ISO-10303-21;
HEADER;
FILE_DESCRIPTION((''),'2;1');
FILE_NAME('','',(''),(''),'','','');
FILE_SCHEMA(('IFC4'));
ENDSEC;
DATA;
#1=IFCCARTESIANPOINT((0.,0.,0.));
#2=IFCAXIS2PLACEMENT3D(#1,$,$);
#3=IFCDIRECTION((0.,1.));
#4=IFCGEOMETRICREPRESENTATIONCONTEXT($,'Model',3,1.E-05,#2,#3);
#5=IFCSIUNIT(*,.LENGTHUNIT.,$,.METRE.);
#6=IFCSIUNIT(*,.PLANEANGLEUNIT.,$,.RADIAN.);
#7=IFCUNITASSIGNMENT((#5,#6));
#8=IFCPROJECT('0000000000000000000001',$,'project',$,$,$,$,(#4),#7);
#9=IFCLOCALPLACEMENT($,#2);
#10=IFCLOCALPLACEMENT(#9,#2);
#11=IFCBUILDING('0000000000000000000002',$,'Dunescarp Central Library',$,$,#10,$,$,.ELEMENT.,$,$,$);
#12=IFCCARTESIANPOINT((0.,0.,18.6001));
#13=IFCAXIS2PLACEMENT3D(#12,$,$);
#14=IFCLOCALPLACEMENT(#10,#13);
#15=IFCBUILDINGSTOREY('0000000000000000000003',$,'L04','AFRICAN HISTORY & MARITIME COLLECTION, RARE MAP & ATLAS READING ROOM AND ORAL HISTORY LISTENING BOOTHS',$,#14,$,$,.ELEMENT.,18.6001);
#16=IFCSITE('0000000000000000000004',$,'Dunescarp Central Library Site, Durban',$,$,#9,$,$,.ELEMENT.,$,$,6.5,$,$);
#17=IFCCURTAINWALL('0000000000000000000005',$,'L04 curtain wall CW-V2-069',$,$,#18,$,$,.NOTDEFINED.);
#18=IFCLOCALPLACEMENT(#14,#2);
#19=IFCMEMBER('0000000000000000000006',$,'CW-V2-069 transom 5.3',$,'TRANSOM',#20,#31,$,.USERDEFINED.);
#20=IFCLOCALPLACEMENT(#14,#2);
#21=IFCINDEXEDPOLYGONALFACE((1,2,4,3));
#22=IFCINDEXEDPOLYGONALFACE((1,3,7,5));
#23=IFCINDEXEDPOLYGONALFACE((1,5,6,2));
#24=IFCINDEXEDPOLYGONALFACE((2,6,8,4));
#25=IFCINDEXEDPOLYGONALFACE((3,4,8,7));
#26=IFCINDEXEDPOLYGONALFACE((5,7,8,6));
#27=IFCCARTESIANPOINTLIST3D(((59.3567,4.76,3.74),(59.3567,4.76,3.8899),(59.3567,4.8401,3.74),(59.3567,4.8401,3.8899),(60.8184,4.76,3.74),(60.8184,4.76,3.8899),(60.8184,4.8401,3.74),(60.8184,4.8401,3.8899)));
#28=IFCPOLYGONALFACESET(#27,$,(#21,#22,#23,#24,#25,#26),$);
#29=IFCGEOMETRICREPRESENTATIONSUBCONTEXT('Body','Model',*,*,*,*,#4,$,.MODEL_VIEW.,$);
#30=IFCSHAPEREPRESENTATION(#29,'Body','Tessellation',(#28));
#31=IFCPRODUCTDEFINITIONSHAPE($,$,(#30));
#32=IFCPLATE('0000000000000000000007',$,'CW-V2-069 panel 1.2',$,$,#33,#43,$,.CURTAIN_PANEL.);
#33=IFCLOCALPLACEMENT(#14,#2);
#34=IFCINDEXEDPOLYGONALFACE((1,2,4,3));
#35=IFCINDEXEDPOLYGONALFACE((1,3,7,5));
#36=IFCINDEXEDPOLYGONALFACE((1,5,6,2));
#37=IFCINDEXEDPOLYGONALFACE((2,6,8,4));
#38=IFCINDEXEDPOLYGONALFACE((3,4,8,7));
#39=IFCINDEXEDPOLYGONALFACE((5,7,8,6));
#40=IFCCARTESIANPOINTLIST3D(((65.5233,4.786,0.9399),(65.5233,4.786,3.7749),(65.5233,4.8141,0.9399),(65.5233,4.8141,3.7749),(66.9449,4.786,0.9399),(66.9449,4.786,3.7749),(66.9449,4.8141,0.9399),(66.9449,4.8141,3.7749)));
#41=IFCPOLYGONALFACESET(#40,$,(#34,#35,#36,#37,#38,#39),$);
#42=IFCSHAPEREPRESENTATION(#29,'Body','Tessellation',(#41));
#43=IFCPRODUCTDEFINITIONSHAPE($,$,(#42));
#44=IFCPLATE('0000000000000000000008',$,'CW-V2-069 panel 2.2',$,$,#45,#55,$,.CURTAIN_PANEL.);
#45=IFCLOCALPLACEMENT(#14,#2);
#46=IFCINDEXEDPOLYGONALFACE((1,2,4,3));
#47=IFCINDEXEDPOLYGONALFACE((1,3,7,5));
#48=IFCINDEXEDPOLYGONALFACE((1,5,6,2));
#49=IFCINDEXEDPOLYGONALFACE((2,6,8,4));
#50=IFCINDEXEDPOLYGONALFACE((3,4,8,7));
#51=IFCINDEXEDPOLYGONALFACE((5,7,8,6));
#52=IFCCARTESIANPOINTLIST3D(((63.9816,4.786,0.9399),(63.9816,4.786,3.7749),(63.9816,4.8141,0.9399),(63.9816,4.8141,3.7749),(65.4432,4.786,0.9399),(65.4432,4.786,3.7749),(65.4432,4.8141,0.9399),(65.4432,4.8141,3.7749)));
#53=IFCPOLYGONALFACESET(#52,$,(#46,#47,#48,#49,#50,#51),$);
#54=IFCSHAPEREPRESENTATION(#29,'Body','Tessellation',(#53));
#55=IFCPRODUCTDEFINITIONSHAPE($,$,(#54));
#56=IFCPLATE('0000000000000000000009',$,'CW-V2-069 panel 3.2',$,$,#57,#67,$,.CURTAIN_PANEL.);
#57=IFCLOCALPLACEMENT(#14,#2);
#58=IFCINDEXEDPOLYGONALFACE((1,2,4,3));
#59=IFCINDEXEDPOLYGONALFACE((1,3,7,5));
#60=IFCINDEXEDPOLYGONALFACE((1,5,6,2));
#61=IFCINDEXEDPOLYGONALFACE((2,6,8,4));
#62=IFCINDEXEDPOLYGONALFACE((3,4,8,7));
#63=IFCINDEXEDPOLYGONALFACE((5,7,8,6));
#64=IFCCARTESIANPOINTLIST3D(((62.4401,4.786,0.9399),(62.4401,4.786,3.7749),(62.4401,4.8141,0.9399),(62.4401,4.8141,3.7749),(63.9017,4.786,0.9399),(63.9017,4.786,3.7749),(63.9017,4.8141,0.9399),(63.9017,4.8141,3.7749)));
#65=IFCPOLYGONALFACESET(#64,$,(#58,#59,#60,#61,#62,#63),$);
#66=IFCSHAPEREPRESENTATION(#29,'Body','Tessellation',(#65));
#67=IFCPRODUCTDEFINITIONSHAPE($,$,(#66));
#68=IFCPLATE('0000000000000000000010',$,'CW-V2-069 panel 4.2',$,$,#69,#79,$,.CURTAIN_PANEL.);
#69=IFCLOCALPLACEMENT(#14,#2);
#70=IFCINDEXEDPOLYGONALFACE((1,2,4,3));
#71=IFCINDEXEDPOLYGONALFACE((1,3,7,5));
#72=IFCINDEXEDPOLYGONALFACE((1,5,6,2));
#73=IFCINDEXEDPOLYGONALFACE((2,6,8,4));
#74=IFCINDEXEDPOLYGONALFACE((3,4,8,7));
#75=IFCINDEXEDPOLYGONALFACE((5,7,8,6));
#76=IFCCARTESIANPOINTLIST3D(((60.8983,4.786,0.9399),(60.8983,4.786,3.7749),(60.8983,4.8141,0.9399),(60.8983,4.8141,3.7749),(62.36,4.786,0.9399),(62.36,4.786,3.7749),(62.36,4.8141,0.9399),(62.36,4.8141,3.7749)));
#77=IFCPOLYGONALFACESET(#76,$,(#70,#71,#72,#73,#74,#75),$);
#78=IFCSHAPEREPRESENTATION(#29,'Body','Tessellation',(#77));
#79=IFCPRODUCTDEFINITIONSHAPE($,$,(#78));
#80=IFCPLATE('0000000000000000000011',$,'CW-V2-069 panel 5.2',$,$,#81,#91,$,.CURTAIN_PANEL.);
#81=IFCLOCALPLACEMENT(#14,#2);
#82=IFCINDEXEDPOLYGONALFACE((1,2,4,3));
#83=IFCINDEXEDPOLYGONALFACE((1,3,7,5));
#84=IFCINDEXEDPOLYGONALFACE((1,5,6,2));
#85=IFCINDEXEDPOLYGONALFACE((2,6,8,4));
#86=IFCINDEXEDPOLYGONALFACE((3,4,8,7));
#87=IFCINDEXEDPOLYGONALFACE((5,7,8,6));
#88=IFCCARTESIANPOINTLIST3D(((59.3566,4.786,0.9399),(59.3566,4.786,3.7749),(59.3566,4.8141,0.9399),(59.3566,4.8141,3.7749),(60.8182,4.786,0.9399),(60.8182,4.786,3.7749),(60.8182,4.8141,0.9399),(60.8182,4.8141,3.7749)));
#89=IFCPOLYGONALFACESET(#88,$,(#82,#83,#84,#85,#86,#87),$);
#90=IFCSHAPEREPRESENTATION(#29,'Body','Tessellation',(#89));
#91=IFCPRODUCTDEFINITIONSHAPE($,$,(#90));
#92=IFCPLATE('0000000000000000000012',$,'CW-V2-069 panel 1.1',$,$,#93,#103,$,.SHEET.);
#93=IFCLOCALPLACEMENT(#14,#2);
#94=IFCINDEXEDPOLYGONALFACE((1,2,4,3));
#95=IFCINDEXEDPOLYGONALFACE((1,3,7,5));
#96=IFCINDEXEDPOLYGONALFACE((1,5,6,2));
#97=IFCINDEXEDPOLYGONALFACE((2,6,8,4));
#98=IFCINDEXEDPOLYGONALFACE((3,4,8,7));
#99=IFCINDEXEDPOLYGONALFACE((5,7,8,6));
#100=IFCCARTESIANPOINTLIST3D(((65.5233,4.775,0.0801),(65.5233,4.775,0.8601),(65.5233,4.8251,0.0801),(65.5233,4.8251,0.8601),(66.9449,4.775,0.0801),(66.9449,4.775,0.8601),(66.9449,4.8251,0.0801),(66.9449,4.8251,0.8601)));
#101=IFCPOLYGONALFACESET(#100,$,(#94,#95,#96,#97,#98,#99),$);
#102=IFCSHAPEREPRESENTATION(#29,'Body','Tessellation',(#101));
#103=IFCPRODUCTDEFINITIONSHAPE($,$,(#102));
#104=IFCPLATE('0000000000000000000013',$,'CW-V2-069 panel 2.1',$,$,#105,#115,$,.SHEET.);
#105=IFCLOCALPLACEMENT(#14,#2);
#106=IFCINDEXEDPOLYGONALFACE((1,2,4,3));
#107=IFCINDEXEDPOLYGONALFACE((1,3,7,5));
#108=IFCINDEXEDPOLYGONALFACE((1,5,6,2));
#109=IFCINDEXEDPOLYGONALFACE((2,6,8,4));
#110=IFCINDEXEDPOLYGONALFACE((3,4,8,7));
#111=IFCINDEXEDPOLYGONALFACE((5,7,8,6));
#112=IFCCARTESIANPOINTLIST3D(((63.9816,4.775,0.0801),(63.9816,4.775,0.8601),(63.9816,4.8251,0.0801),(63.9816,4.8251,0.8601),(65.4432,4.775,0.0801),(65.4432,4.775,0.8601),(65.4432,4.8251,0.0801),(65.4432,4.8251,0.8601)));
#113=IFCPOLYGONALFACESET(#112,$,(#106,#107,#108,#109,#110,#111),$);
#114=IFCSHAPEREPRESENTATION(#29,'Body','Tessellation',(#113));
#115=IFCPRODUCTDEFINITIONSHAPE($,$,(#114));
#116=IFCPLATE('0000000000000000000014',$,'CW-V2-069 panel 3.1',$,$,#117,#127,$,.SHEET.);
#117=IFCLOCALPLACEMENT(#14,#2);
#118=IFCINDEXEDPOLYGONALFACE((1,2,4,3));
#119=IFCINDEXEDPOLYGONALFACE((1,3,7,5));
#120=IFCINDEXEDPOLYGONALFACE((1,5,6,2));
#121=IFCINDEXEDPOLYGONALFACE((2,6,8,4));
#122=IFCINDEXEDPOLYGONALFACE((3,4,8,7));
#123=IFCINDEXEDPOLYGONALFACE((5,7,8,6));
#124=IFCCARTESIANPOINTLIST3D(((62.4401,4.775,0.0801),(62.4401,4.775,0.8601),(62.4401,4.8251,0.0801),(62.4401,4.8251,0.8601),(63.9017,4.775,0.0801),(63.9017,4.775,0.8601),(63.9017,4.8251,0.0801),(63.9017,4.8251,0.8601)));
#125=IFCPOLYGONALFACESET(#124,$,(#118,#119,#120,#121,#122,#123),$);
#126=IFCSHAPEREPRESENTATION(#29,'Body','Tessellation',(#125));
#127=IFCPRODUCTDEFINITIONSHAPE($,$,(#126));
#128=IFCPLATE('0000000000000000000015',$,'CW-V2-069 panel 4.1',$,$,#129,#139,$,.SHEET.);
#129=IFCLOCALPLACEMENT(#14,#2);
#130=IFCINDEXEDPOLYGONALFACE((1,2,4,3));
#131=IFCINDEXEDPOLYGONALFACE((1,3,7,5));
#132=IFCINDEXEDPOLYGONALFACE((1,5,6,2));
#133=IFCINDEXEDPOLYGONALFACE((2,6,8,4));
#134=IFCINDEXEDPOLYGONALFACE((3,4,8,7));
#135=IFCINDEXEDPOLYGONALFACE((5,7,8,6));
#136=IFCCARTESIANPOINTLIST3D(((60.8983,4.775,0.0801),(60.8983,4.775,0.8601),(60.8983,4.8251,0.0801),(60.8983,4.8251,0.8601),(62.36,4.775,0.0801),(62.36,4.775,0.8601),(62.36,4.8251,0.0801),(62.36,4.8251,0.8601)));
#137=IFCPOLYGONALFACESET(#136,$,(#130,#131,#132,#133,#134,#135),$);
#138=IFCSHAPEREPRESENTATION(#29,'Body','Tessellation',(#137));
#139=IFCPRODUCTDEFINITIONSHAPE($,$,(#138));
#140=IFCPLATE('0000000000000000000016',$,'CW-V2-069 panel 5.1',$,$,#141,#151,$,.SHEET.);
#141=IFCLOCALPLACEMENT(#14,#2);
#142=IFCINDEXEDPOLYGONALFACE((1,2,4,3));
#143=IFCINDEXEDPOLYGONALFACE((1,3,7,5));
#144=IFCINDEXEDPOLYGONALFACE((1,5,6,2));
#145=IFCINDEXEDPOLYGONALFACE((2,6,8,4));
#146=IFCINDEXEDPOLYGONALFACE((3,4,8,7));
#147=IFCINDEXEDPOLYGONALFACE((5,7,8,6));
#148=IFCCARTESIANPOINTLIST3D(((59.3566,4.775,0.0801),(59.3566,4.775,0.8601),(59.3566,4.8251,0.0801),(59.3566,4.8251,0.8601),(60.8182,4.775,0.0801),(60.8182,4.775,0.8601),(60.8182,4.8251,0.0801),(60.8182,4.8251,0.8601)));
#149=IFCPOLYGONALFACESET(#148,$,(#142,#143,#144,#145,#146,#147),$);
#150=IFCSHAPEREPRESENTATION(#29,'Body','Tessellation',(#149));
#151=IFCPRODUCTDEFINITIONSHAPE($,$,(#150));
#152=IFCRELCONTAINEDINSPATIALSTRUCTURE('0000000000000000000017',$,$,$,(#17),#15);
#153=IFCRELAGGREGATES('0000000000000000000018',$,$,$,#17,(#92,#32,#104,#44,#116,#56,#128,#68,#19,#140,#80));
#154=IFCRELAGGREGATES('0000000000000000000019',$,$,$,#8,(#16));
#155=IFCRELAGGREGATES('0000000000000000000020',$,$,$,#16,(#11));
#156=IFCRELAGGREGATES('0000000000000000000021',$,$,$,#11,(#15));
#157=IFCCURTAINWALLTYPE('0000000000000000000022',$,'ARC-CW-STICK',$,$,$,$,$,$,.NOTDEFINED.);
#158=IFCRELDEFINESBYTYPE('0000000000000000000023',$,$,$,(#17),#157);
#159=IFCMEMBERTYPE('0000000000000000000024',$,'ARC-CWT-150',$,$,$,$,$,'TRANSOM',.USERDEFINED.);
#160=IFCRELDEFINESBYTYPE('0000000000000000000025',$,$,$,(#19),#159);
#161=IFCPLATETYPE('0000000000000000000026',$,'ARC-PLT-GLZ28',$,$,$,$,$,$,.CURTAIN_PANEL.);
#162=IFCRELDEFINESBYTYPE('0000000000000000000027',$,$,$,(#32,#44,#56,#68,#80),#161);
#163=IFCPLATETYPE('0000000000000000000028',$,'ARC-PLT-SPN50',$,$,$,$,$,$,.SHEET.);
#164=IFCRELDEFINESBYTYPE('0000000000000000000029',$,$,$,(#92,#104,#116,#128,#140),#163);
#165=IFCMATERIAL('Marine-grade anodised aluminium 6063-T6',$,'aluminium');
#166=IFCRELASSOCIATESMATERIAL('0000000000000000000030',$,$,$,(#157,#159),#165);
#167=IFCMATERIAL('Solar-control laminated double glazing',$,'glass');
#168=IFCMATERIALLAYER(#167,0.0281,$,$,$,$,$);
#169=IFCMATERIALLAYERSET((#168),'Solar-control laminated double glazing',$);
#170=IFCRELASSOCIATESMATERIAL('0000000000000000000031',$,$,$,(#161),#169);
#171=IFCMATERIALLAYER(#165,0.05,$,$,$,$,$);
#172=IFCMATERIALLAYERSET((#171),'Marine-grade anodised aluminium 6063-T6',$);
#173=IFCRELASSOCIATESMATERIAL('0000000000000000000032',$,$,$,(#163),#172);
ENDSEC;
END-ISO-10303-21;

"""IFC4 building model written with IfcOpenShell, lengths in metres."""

from ifc_helpers import new_model, si_unit, direction, frame, origin, origin_2d, place, context, subcontext, project, spatial, rectangle, extrude, material, layer, layer_set, material_profile, profile_set, type_object, element, aggregate, save


model = new_model("IFC4")

# Units and contexts
model_context = context("Model", 3, precision=1e-05, world=origin(), true_north=direction((0.0, 1.0)))
body_context = subcontext(model_context, "Body", "Model", "MODEL_VIEW")
ifc_project = project(units=[si_unit("LENGTHUNIT", "METRE"), si_unit("PLANEANGLEUNIT", "RADIAN")], contexts=[model_context])

# Site, building, storey
site_placement = place(None, origin())
site = spatial("IfcSite", under=ifc_project, at=site_placement, Name="Dunescarp Central Library Site, Durban", CompositionType="ELEMENT", RefElevation=6.5)
building_placement = place(site_placement, origin())
building = spatial("IfcBuilding", under=site, at=building_placement, Name="Dunescarp Central Library", CompositionType="ELEMENT")
storey_placement = place(building_placement, frame((0.0, 0.0, 18.6001)))
storey = spatial("IfcBuildingStorey", under=building, at=storey_placement, Name="L04", Description="AFRICAN HISTORY & MARITIME COLLECTION, RARE MAP & ATLAS READING ROOM AND ORAL HISTORY LISTENING BOOTHS", CompositionType="ELEMENT", Elevation=18.6001)

# Curtain wall, member, plates
ifc_material_1 = material(Name="Marine-grade anodised aluminium 6063-T6", Category="aluminium")
curtain_wall_type = type_object("IfcCurtainWallType", Name="ARC-CW-STICK", PredefinedType="NOTDEFINED", material=ifc_material_1)
curtain_wall_placement = place(storey_placement, origin())
curtain_wall = element("IfcCurtainWall", 1, at=curtain_wall_placement, inside=storey, type_object=curtain_wall_type, Name="L04 curtain wall CW-V2-069", PredefinedType="NOTDEFINED")
ifc_material_profile_1 = material_profile(ifc_material_1, rectangle(XDim=0.0801, YDim=0.1499, at=origin_2d()), Name="AL 80x150")
ifc_profile_set_1 = profile_set([ifc_material_profile_1], Name="Marine-grade anodised aluminium 6063-T6")
member_type_1 = type_object("IfcMemberType", Name="ARC-CWT-150", ElementType="TRANSOM", PredefinedType="USERDEFINED", material=ifc_profile_set_1)
member_1_placement = place(storey_placement, frame((60.8184, 4.8, 3.8149), z_axis=(-1.0, 0.0, 0.0), x_axis=(0.0, -1.0, 0.0)))
member_1 = element("IfcMember", 2, at=member_1_placement, type_object=member_type_1, Name="CW-V2-069 transom 5.3", ObjectType="TRANSOM", PredefinedType="USERDEFINED", context=body_context, shape_type="SweptSolid", body=[
    extrude(rectangle(XDim=0.0801, YDim=0.1499, at=origin_2d()), origin(), (0.0, 0.0, 1.0), 1.4617),
])
ifc_material_2 = material(Name="Solar-control laminated double glazing", Category="glass")
ifc_layer_1 = layer(ifc_material_2, 0.0281)
ifc_layer_set_1 = layer_set([ifc_layer_1], Name="Solar-control laminated double glazing")
plate_type_1 = type_object("IfcPlateType", Name="ARC-PLT-GLZ28", PredefinedType="CURTAIN_PANEL", material=ifc_layer_set_1)
plate_1_placement = place(storey_placement, frame((66.2341, 4.8, 0.9399), z_axis=(0.0, 0.0, 1.0), x_axis=(-1.0, 0.0, 0.0)))
plate_1 = element("IfcPlate", 3, at=plate_1_placement, type_object=plate_type_1, Name="CW-V2-069 panel 1.2", PredefinedType="CURTAIN_PANEL", context=body_context, shape_type="SweptSolid", body=[
    extrude(rectangle(XDim=1.4216, YDim=0.0281, at=origin_2d()), origin(), (0.0, 0.0, 1.0), 2.835),
])
plate_2_placement = place(storey_placement, frame((64.7124, 4.8, 0.9399), z_axis=(0.0, 0.0, 1.0), x_axis=(-1.0, 0.0, 0.0)))
plate_2 = element("IfcPlate", 4, at=plate_2_placement, type_object=plate_type_1, Name="CW-V2-069 panel 2.2", PredefinedType="CURTAIN_PANEL", context=body_context, shape_type="SweptSolid", body=[
    extrude(rectangle(XDim=1.4617, YDim=0.0281, at=origin_2d()), origin(), (0.0, 0.0, 1.0), 2.835),
])
plate_3_placement = place(storey_placement, frame((63.1709, 4.8, 0.9399), z_axis=(0.0, 0.0, 1.0), x_axis=(-1.0, 0.0, 0.0)))
plate_3 = element("IfcPlate", 5, at=plate_3_placement, type_object=plate_type_1, Name="CW-V2-069 panel 3.2", PredefinedType="CURTAIN_PANEL", context=body_context, shape_type="SweptSolid", body=[
    extrude(rectangle(XDim=1.4617, YDim=0.0281, at=origin_2d()), origin(), (0.0, 0.0, 1.0), 2.835),
])
plate_4_placement = place(storey_placement, frame((61.6292, 4.8, 0.9399), z_axis=(0.0, 0.0, 1.0), x_axis=(-1.0, 0.0, 0.0)))
plate_4 = element("IfcPlate", 6, at=plate_4_placement, type_object=plate_type_1, Name="CW-V2-069 panel 4.2", PredefinedType="CURTAIN_PANEL", context=body_context, shape_type="SweptSolid", body=[
    extrude(rectangle(XDim=1.4617, YDim=0.0281, at=origin_2d()), origin(), (0.0, 0.0, 1.0), 2.835),
])
plate_5_placement = place(storey_placement, frame((60.0874, 4.8, 0.9399), z_axis=(0.0, 0.0, 1.0), x_axis=(-1.0, 0.0, 0.0)))
plate_5 = element("IfcPlate", 7, at=plate_5_placement, type_object=plate_type_1, Name="CW-V2-069 panel 5.2", PredefinedType="CURTAIN_PANEL", context=body_context, shape_type="SweptSolid", body=[
    extrude(rectangle(XDim=1.4617, YDim=0.0281, at=origin_2d()), origin(), (0.0, 0.0, 1.0), 2.835),
])
ifc_layer_2 = layer(ifc_material_1, 0.05)
ifc_layer_set_2 = layer_set([ifc_layer_2], Name="Marine-grade anodised aluminium 6063-T6")
plate_type_2 = type_object("IfcPlateType", Name="ARC-PLT-SPN50", PredefinedType="SHEET", material=ifc_layer_set_2)
plate_6_placement = place(storey_placement, frame((66.2341, 4.8, 0.0801), z_axis=(0.0, 0.0, 1.0), x_axis=(-1.0, 0.0, 0.0)))
plate_6 = element("IfcPlate", 8, at=plate_6_placement, type_object=plate_type_2, Name="CW-V2-069 panel 1.1", PredefinedType="SHEET", context=body_context, shape_type="SweptSolid", body=[
    extrude(rectangle(XDim=1.4216, YDim=0.05, at=origin_2d()), origin(), (0.0, 0.0, 1.0), 0.78),
])
plate_7_placement = place(storey_placement, frame((64.7124, 4.8, 0.0801), z_axis=(0.0, 0.0, 1.0), x_axis=(-1.0, 0.0, 0.0)))
plate_7 = element("IfcPlate", 9, at=plate_7_placement, type_object=plate_type_2, Name="CW-V2-069 panel 2.1", PredefinedType="SHEET", context=body_context, shape_type="SweptSolid", body=[
    extrude(rectangle(XDim=1.4617, YDim=0.05, at=origin_2d()), origin(), (0.0, 0.0, 1.0), 0.78),
])
plate_8_placement = place(storey_placement, frame((63.1709, 4.8, 0.0801), z_axis=(0.0, 0.0, 1.0), x_axis=(-1.0, 0.0, 0.0)))
plate_8 = element("IfcPlate", 10, at=plate_8_placement, type_object=plate_type_2, Name="CW-V2-069 panel 3.1", PredefinedType="SHEET", context=body_context, shape_type="SweptSolid", body=[
    extrude(rectangle(XDim=1.4617, YDim=0.05, at=origin_2d()), origin(), (0.0, 0.0, 1.0), 0.78),
])
plate_9_placement = place(storey_placement, frame((61.6292, 4.8, 0.0801), z_axis=(0.0, 0.0, 1.0), x_axis=(-1.0, 0.0, 0.0)))
plate_9 = element("IfcPlate", 11, at=plate_9_placement, type_object=plate_type_2, Name="CW-V2-069 panel 4.1", PredefinedType="SHEET", context=body_context, shape_type="SweptSolid", body=[
    extrude(rectangle(XDim=1.4617, YDim=0.05, at=origin_2d()), origin(), (0.0, 0.0, 1.0), 0.78),
])
plate_10_placement = place(storey_placement, frame((60.0874, 4.8, 0.0801), z_axis=(0.0, 0.0, 1.0), x_axis=(-1.0, 0.0, 0.0)))
plate_10 = element("IfcPlate", 12, at=plate_10_placement, type_object=plate_type_2, Name="CW-V2-069 panel 5.1", PredefinedType="SHEET", context=body_context, shape_type="SweptSolid", body=[
    extrude(rectangle(XDim=1.4617, YDim=0.05, at=origin_2d()), origin(), (0.0, 0.0, 1.0), 0.78),
])
aggregate(curtain_wall, [plate_6, plate_1, plate_7, plate_2, plate_8, plate_3, plate_9, plate_4, member_1, plate_10, plate_5])

save(model, "model.ifc")
